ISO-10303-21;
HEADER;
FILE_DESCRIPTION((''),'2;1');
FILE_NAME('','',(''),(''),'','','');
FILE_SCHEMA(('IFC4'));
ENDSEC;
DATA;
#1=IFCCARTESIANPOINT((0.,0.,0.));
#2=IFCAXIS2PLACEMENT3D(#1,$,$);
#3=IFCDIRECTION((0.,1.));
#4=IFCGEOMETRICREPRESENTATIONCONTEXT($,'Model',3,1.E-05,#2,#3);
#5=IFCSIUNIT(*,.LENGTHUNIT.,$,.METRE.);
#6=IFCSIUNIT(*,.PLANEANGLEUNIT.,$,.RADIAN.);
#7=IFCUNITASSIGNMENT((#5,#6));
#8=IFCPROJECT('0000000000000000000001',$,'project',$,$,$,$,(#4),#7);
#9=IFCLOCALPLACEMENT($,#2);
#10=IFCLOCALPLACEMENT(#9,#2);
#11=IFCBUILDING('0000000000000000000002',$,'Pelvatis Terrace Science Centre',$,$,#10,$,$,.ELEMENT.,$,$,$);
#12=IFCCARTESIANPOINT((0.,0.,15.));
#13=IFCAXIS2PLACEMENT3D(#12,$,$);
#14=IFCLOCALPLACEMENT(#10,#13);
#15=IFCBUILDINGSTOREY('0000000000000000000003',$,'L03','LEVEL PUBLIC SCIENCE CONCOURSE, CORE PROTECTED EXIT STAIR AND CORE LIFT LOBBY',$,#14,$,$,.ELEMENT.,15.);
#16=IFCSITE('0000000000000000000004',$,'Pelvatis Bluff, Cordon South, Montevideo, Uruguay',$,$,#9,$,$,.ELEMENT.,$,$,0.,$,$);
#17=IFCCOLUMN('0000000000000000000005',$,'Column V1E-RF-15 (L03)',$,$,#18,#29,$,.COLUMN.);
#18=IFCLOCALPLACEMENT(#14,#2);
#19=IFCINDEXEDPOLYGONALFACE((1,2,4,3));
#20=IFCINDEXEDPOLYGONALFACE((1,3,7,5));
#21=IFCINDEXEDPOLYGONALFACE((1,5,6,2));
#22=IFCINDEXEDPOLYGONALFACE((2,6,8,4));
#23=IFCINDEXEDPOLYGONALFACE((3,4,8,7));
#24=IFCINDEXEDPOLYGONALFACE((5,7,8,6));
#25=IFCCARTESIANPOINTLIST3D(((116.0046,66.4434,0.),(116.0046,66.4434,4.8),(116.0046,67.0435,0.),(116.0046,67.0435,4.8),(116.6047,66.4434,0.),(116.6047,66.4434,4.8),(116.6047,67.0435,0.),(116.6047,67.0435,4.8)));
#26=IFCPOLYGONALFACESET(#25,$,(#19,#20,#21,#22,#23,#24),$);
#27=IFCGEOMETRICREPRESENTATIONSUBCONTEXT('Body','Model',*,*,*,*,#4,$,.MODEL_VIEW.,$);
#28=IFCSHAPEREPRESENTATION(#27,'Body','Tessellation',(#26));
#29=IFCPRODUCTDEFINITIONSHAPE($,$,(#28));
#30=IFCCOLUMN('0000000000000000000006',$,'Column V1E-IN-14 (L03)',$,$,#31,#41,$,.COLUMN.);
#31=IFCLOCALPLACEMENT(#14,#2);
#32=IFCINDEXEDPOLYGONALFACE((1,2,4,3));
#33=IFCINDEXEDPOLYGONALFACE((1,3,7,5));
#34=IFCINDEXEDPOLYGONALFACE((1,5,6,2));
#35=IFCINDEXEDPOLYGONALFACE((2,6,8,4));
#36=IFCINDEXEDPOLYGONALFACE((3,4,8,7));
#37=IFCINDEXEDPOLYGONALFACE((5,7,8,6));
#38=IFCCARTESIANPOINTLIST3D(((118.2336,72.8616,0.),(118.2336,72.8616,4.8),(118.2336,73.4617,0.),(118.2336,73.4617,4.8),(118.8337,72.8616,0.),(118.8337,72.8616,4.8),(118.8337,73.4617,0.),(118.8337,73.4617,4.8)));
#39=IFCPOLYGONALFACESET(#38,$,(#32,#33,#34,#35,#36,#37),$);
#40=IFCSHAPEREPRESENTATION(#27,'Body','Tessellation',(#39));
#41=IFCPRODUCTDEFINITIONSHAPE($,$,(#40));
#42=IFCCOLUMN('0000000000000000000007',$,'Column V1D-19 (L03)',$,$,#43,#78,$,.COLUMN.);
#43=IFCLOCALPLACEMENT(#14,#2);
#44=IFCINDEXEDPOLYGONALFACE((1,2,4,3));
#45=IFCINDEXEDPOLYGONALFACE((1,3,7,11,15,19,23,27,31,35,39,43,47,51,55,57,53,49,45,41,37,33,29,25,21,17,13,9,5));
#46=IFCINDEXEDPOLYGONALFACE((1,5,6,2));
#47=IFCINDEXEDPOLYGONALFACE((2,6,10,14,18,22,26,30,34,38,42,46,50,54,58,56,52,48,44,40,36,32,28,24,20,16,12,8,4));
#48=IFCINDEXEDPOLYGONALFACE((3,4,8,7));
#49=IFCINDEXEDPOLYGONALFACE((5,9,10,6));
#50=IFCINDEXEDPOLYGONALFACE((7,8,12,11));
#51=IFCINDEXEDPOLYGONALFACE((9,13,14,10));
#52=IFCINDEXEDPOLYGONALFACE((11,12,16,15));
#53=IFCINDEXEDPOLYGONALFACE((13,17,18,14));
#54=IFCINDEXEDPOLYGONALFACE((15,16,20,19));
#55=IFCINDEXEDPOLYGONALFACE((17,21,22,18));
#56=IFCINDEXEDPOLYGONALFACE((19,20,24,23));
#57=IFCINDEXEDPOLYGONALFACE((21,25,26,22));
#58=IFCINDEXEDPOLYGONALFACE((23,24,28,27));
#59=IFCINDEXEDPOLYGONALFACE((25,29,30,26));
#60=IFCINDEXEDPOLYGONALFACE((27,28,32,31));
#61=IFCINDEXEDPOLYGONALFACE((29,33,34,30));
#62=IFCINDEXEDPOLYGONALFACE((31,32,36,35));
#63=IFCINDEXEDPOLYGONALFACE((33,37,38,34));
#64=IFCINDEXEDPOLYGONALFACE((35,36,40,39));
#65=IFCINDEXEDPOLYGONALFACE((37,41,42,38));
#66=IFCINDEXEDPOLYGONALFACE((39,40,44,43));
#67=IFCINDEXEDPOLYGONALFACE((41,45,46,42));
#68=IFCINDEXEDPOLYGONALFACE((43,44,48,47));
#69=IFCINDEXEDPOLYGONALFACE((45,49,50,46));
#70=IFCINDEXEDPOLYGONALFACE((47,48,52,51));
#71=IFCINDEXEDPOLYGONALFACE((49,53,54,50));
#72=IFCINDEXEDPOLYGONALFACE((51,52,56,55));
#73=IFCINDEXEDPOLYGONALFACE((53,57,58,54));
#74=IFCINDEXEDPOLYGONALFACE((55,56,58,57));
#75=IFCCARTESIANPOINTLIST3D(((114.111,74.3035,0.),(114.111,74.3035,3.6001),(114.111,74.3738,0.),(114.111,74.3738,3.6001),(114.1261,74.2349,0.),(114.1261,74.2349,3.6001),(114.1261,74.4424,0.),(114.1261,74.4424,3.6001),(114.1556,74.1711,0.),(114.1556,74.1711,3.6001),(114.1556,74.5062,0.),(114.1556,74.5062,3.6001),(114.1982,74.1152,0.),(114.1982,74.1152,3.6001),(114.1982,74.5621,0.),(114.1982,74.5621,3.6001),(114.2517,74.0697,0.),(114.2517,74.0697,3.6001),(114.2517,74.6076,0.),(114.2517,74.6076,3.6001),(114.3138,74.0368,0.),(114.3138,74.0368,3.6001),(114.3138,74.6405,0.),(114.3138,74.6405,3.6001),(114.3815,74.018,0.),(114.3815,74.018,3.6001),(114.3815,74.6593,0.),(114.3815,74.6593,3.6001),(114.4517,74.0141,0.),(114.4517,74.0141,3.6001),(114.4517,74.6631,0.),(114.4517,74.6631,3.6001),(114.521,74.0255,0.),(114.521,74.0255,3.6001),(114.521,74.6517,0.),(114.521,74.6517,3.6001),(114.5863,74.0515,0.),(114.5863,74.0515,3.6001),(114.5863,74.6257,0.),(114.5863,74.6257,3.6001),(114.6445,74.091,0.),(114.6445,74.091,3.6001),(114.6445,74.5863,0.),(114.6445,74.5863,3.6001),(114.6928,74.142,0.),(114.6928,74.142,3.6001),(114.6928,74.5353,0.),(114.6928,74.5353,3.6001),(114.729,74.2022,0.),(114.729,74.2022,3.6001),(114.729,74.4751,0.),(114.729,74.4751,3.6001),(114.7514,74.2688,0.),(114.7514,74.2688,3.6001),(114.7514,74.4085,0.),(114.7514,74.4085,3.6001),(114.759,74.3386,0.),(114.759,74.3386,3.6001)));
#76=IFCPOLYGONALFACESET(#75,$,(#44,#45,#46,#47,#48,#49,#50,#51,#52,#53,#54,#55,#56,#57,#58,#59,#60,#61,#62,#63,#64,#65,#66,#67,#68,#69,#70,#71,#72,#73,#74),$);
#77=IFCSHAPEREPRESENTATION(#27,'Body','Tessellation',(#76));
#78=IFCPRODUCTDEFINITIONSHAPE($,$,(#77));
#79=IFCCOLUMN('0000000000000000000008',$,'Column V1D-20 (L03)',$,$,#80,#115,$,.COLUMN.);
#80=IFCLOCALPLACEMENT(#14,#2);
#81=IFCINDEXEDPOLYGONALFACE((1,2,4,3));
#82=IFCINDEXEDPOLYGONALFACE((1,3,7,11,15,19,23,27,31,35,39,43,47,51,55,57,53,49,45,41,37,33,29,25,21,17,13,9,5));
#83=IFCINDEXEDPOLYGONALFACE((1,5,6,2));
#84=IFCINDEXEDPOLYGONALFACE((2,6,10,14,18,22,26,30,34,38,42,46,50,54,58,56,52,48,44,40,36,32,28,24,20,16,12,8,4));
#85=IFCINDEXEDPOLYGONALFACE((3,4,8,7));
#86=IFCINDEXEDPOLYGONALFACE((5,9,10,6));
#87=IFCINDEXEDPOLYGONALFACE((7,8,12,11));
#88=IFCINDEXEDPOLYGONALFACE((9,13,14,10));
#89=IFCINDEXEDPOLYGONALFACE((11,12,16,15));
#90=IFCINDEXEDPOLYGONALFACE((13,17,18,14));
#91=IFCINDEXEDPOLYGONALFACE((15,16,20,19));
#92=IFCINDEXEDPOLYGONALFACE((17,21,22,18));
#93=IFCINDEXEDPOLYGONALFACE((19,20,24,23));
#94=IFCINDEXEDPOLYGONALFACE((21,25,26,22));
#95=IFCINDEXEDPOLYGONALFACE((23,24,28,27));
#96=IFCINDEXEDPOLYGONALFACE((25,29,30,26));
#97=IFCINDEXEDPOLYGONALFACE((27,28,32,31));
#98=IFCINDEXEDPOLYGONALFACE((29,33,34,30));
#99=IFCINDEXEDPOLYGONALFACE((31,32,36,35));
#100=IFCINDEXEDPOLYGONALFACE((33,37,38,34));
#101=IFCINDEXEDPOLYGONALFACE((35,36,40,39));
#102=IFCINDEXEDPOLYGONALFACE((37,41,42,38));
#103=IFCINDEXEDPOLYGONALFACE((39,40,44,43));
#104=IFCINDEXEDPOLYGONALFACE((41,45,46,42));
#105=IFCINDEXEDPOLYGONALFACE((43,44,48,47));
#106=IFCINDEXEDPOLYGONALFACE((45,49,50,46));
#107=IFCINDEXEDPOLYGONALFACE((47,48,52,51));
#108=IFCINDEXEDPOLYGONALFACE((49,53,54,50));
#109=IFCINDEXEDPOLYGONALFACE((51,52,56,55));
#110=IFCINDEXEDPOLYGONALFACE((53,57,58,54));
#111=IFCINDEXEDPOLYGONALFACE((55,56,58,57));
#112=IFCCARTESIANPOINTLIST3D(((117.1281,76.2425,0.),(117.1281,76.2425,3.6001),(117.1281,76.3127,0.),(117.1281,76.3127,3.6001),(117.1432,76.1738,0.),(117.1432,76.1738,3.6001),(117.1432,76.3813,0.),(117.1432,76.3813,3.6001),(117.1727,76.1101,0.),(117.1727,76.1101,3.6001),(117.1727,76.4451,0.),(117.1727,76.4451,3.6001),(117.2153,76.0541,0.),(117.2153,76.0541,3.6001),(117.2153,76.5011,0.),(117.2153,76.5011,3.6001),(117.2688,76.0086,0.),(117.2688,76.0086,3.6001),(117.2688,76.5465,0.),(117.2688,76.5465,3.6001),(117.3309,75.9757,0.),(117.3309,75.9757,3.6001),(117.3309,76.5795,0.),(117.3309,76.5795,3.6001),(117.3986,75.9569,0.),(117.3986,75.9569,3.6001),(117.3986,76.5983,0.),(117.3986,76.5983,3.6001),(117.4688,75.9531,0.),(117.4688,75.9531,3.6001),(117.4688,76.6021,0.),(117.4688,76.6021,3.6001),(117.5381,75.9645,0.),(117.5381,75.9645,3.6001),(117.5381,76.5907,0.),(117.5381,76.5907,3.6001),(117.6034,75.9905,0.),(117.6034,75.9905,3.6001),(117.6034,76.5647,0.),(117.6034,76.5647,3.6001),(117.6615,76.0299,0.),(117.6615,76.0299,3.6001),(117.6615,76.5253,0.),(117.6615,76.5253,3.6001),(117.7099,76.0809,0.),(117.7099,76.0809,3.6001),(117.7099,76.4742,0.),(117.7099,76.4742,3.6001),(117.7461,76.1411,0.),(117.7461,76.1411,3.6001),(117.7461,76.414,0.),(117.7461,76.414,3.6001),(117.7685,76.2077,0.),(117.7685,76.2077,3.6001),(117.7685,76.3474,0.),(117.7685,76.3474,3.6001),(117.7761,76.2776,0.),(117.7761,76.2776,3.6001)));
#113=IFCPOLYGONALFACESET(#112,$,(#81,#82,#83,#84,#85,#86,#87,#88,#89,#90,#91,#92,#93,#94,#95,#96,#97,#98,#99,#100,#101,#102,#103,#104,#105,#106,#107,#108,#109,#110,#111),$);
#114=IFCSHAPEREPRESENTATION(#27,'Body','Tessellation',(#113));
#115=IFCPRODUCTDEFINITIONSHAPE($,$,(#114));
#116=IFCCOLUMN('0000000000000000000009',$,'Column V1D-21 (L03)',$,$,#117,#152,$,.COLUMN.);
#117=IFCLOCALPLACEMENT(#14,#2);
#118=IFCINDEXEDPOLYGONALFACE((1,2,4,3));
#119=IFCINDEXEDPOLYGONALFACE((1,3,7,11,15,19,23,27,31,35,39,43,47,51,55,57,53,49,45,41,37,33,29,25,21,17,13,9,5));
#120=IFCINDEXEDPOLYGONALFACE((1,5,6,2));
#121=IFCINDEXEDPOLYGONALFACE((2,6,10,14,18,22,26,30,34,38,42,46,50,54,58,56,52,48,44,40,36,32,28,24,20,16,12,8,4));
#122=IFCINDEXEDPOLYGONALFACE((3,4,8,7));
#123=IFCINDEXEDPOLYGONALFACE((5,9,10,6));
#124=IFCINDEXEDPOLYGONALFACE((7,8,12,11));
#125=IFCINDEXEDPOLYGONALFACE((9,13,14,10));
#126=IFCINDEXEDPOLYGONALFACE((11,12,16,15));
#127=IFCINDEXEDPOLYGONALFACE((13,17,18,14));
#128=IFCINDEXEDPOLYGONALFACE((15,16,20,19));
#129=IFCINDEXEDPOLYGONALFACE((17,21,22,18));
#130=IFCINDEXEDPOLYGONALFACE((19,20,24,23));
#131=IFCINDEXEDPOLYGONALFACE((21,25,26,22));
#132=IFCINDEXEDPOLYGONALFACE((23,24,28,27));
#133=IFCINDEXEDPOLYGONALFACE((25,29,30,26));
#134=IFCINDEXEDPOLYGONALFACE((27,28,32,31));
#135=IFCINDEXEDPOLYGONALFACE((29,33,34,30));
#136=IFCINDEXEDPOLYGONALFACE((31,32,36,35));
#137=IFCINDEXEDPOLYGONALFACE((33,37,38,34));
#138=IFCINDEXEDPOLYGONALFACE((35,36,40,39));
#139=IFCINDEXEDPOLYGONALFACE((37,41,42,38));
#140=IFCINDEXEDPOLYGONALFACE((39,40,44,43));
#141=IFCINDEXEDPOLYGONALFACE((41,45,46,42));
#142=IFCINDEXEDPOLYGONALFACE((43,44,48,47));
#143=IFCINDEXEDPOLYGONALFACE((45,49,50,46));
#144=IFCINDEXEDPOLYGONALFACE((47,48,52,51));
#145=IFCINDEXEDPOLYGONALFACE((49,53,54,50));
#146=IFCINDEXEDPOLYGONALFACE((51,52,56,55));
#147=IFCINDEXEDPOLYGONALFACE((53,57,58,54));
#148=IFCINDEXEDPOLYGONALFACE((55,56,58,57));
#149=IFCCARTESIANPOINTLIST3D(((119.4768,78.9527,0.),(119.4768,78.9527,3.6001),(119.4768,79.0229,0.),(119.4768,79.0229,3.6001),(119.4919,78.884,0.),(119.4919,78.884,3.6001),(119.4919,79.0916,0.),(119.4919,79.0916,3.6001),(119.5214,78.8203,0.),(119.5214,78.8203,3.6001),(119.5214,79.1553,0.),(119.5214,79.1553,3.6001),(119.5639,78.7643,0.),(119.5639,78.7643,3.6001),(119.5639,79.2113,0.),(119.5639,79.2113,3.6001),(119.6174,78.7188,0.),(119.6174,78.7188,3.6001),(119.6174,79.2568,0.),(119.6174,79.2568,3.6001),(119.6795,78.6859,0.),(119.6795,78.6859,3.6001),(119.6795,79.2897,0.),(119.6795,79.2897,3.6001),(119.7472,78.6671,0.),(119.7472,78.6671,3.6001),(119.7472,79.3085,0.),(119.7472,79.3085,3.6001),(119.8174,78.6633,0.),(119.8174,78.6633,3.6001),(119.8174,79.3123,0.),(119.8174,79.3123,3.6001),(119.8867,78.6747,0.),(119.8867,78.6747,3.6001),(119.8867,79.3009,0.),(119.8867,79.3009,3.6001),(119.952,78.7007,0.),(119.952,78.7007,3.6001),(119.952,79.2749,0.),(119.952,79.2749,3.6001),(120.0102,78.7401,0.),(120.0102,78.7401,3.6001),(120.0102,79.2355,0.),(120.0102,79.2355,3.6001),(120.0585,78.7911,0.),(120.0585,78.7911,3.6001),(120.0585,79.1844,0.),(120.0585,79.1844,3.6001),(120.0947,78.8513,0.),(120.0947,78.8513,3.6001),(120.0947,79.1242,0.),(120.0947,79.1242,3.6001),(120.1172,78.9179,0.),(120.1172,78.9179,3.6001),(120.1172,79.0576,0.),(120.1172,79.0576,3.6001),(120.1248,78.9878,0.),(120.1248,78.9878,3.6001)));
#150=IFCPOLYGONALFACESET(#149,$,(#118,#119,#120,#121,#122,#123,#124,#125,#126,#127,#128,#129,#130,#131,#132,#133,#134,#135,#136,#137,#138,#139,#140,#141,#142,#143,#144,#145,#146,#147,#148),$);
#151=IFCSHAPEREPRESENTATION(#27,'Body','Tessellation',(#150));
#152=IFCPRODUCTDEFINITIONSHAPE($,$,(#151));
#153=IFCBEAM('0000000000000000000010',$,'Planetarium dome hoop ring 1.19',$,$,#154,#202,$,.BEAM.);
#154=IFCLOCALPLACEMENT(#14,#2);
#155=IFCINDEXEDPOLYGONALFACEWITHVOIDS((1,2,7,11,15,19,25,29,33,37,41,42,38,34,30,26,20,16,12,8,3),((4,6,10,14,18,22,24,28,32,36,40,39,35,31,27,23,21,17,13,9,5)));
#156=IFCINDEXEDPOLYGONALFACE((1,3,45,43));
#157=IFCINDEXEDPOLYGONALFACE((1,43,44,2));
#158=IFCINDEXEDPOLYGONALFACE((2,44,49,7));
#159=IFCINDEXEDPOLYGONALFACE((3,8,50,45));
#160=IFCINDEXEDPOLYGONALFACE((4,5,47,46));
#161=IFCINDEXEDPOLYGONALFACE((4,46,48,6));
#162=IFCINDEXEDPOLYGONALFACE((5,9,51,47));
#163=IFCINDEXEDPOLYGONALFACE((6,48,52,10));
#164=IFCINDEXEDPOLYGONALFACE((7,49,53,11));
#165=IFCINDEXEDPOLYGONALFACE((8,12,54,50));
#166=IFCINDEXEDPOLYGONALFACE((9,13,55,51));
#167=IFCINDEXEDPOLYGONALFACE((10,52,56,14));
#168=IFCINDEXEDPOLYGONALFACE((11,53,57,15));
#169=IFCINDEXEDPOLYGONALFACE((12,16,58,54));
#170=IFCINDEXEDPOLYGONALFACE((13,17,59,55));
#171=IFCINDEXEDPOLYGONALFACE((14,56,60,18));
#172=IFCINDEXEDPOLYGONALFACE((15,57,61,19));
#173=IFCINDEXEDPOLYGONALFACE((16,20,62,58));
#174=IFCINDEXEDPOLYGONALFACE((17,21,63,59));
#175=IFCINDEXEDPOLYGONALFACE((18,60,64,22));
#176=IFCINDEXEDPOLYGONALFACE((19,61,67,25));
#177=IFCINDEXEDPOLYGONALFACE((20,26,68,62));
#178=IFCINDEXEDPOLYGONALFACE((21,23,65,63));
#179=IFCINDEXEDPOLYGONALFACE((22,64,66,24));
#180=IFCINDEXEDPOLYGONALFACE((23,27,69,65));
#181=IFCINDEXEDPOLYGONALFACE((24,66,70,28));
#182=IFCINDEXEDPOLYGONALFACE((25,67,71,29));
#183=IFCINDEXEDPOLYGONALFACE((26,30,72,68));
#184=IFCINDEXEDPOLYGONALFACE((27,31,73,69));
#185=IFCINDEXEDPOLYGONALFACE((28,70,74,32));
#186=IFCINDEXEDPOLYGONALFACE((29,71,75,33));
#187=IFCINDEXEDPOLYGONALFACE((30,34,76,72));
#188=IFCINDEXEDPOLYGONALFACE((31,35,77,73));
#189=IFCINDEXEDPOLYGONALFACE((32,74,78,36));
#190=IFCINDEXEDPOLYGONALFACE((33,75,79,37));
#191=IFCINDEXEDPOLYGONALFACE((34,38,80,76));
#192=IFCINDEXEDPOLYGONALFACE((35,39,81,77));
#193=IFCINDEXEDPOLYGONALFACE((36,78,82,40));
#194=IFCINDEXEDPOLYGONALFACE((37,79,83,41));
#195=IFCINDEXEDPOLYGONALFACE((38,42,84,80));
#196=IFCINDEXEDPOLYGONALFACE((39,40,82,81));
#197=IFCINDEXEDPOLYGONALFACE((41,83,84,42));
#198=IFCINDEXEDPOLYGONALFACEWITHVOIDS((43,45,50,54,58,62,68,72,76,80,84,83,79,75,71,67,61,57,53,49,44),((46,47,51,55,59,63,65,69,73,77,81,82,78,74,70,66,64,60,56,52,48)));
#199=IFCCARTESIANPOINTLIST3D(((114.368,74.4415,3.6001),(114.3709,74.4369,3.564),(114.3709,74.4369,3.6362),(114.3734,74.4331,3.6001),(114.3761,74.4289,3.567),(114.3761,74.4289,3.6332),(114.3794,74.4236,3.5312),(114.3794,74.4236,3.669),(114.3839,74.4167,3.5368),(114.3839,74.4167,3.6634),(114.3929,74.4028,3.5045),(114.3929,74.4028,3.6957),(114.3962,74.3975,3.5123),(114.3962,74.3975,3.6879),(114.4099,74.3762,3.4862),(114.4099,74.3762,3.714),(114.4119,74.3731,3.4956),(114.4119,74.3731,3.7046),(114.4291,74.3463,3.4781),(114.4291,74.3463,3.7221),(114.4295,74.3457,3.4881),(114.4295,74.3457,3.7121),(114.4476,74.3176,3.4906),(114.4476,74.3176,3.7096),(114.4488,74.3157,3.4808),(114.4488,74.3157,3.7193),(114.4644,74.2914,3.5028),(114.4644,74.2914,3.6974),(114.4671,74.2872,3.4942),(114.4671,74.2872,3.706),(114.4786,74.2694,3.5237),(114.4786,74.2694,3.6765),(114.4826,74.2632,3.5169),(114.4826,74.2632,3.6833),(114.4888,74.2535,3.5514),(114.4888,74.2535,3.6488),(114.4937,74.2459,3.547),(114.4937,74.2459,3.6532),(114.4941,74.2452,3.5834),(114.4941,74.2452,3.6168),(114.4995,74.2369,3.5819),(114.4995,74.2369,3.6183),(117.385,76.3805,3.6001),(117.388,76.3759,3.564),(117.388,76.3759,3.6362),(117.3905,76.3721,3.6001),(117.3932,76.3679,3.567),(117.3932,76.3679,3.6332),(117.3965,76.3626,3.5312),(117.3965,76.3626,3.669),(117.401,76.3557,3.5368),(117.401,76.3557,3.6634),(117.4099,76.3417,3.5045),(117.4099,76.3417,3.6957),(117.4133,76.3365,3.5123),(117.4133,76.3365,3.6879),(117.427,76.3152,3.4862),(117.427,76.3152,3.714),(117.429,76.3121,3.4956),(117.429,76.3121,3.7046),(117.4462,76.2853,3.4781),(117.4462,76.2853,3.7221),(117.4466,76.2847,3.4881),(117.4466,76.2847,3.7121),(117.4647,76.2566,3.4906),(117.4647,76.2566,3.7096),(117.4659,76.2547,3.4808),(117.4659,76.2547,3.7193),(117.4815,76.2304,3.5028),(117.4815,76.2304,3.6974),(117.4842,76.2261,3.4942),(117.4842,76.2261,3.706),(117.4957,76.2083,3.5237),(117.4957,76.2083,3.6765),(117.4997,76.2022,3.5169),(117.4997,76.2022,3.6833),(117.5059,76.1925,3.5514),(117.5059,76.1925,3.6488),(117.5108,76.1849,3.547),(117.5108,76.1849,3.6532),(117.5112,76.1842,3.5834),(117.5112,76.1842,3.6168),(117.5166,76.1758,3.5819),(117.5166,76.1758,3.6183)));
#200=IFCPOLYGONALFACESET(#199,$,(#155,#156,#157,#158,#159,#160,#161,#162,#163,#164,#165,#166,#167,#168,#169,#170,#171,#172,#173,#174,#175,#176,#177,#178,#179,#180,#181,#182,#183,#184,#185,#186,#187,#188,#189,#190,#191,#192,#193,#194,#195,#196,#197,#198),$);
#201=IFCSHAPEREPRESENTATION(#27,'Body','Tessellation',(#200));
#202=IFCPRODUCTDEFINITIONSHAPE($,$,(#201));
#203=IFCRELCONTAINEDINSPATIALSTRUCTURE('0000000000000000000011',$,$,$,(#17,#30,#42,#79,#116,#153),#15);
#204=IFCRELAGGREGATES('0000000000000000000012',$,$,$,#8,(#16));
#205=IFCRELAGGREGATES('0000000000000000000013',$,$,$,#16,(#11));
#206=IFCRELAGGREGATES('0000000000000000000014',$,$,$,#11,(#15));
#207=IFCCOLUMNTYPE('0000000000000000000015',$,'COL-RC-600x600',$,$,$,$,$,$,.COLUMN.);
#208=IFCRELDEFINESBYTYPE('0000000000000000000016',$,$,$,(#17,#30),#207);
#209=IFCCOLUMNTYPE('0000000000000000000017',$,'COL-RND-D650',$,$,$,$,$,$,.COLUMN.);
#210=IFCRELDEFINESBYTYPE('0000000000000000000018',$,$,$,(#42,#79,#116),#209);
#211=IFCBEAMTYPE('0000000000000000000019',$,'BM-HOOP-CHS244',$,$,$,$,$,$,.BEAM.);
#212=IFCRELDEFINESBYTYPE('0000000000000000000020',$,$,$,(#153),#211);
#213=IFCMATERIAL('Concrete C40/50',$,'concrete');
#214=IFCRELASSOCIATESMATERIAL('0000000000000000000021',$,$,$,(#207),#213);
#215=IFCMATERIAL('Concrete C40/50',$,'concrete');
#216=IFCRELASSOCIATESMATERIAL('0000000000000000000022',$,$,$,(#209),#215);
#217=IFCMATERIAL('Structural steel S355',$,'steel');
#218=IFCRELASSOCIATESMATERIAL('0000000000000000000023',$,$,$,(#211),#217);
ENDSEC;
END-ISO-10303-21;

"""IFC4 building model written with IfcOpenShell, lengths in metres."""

from ifc_helpers import new_model, si_unit, direction, frame, origin, origin_2d, place, context, subcontext, project, spatial, rectangle, circle, hollow_circle, extrude, material, material_profile, profile_set, type_object, element, save


model = new_model("IFC4")

# Units and contexts
model_context = context("Model", 3, precision=1e-05, world=origin(), true_north=direction((0.0, 1.0)))
body_context = subcontext(model_context, "Body", "Model", "MODEL_VIEW")
ifc_project = project(units=[si_unit("LENGTHUNIT", "METRE"), si_unit("PLANEANGLEUNIT", "RADIAN")], contexts=[model_context])

# Site, building, storey
site_placement = place(None, origin())
site = spatial("IfcSite", under=ifc_project, at=site_placement, Name="Pelvatis Bluff, Cordon South, Montevideo, Uruguay", CompositionType="ELEMENT", RefElevation=0.0)
building_placement = place(site_placement, origin())
building = spatial("IfcBuilding", under=site, at=building_placement, Name="Pelvatis Terrace Science Centre", CompositionType="ELEMENT")
storey_placement = place(building_placement, frame((0.0, 0.0, 15.0)))
storey = spatial("IfcBuildingStorey", under=building, at=storey_placement, Name="L03", Description="LEVEL PUBLIC SCIENCE CONCOURSE, CORE PROTECTED EXIT STAIR AND CORE LIFT LOBBY", CompositionType="ELEMENT", Elevation=15.0)

# Columns
ifc_material_1 = material(Name="Concrete C40/50", Category="concrete")
ifc_material_profile_1 = material_profile(ifc_material_1, rectangle(XDim=0.6001, YDim=0.6001, at=origin_2d()), Name="RC-COL 600x600")
ifc_profile_set_1 = profile_set([ifc_material_profile_1], Name="Concrete C40/50")
column_type_1 = type_object("IfcColumnType", Name="COL-RC-600x600", PredefinedType="COLUMN", material=ifc_profile_set_1)
for number, where, z_axis, x_axis, name in (
    (1, (116.3047, 66.7434, 0.0), (0.0, 0.0, 1.0), (1.0, 0.0, 0.0), "Column V1E-RF-15 (L03)"),
    (2, (118.5337, 73.1616, 0.0), (0.0, 0.0, 1.0), (1.0, 0.0, 0.0), "Column V1E-IN-14 (L03)"),
):
    element("IfcColumn", number, at=place(storey_placement, frame(where, z_axis=z_axis, x_axis=x_axis)), inside=storey, type_object=column_type_1, Name=name, PredefinedType="COLUMN", context=body_context, shape_type="SweptSolid", body=[
        extrude(rectangle(XDim=0.6001, YDim=0.6001, at=origin_2d()), origin(), (0.0, 0.0, 1.0), 4.8),
    ])
ifc_material_2 = material(Name="Concrete C40/50", Category="concrete")
ifc_material_profile_2 = material_profile(ifc_material_2, circle(Radius=0.325, at=origin_2d()), Name="RC-RCOL D650")
ifc_profile_set_2 = profile_set([ifc_material_profile_2], Name="Concrete C40/50")
column_type_2 = type_object("IfcColumnType", Name="COL-RND-D650", PredefinedType="COLUMN", material=ifc_profile_set_2)
for number, where, z_axis, x_axis, name in (
    (3, (114.4341, 74.3386, 0.0), (0.0, 0.0, 1.0), (1.0, 0.0, 0.0), "Column V1D-19 (L03)"),
    (4, (117.4512, 76.2776, 0.0), (0.0, 0.0, 1.0), (1.0, 0.0, 0.0), "Column V1D-20 (L03)"),
    (5, (119.7998, 78.9878, 0.0), (0.0, 0.0, 1.0), (1.0, 0.0, 0.0), "Column V1D-21 (L03)"),
):
    element("IfcColumn", number, at=place(storey_placement, frame(where, z_axis=z_axis, x_axis=x_axis)), inside=storey, type_object=column_type_2, Name=name, PredefinedType="COLUMN", context=body_context, shape_type="SweptSolid", body=[
        extrude(circle(Radius=0.325, at=origin_2d()), origin(), (0.0, 0.0, 1.0), 3.6001),
    ])

# Beam
ifc_material_3 = material(Name="Structural steel S355", Category="steel")
ifc_material_profile_3 = material_profile(ifc_material_3, hollow_circle(Radius=0.1223, WallThickness=0.01, at=origin_2d()), Name="CHS 244.5x10.0")
ifc_profile_set_3 = profile_set([ifc_material_profile_3], Name="Structural steel S355")
beam_type_1 = type_object("IfcBeamType", Name="BM-HOOP-CHS244", PredefinedType="BEAM", material=ifc_profile_set_3)
beam_1_placement = place(storey_placement, frame((114.4341, 74.3386, 3.6001), z_axis=(0.841254, 0.540641, 0.0), x_axis=(-0.540641, 0.841254, 0.0)))
element("IfcBeam", 6, at=beam_1_placement, inside=storey, type_object=beam_type_1, Name="Planetarium dome hoop ring 1.19", PredefinedType="BEAM", context=body_context, shape_type="SweptSolid", body=[
    extrude(hollow_circle(Radius=0.1223, WallThickness=0.01, at=origin_2d()), origin(), (0.0, 0.0, 1.0), 3.5864),
])

save(model, "model.ifc")
